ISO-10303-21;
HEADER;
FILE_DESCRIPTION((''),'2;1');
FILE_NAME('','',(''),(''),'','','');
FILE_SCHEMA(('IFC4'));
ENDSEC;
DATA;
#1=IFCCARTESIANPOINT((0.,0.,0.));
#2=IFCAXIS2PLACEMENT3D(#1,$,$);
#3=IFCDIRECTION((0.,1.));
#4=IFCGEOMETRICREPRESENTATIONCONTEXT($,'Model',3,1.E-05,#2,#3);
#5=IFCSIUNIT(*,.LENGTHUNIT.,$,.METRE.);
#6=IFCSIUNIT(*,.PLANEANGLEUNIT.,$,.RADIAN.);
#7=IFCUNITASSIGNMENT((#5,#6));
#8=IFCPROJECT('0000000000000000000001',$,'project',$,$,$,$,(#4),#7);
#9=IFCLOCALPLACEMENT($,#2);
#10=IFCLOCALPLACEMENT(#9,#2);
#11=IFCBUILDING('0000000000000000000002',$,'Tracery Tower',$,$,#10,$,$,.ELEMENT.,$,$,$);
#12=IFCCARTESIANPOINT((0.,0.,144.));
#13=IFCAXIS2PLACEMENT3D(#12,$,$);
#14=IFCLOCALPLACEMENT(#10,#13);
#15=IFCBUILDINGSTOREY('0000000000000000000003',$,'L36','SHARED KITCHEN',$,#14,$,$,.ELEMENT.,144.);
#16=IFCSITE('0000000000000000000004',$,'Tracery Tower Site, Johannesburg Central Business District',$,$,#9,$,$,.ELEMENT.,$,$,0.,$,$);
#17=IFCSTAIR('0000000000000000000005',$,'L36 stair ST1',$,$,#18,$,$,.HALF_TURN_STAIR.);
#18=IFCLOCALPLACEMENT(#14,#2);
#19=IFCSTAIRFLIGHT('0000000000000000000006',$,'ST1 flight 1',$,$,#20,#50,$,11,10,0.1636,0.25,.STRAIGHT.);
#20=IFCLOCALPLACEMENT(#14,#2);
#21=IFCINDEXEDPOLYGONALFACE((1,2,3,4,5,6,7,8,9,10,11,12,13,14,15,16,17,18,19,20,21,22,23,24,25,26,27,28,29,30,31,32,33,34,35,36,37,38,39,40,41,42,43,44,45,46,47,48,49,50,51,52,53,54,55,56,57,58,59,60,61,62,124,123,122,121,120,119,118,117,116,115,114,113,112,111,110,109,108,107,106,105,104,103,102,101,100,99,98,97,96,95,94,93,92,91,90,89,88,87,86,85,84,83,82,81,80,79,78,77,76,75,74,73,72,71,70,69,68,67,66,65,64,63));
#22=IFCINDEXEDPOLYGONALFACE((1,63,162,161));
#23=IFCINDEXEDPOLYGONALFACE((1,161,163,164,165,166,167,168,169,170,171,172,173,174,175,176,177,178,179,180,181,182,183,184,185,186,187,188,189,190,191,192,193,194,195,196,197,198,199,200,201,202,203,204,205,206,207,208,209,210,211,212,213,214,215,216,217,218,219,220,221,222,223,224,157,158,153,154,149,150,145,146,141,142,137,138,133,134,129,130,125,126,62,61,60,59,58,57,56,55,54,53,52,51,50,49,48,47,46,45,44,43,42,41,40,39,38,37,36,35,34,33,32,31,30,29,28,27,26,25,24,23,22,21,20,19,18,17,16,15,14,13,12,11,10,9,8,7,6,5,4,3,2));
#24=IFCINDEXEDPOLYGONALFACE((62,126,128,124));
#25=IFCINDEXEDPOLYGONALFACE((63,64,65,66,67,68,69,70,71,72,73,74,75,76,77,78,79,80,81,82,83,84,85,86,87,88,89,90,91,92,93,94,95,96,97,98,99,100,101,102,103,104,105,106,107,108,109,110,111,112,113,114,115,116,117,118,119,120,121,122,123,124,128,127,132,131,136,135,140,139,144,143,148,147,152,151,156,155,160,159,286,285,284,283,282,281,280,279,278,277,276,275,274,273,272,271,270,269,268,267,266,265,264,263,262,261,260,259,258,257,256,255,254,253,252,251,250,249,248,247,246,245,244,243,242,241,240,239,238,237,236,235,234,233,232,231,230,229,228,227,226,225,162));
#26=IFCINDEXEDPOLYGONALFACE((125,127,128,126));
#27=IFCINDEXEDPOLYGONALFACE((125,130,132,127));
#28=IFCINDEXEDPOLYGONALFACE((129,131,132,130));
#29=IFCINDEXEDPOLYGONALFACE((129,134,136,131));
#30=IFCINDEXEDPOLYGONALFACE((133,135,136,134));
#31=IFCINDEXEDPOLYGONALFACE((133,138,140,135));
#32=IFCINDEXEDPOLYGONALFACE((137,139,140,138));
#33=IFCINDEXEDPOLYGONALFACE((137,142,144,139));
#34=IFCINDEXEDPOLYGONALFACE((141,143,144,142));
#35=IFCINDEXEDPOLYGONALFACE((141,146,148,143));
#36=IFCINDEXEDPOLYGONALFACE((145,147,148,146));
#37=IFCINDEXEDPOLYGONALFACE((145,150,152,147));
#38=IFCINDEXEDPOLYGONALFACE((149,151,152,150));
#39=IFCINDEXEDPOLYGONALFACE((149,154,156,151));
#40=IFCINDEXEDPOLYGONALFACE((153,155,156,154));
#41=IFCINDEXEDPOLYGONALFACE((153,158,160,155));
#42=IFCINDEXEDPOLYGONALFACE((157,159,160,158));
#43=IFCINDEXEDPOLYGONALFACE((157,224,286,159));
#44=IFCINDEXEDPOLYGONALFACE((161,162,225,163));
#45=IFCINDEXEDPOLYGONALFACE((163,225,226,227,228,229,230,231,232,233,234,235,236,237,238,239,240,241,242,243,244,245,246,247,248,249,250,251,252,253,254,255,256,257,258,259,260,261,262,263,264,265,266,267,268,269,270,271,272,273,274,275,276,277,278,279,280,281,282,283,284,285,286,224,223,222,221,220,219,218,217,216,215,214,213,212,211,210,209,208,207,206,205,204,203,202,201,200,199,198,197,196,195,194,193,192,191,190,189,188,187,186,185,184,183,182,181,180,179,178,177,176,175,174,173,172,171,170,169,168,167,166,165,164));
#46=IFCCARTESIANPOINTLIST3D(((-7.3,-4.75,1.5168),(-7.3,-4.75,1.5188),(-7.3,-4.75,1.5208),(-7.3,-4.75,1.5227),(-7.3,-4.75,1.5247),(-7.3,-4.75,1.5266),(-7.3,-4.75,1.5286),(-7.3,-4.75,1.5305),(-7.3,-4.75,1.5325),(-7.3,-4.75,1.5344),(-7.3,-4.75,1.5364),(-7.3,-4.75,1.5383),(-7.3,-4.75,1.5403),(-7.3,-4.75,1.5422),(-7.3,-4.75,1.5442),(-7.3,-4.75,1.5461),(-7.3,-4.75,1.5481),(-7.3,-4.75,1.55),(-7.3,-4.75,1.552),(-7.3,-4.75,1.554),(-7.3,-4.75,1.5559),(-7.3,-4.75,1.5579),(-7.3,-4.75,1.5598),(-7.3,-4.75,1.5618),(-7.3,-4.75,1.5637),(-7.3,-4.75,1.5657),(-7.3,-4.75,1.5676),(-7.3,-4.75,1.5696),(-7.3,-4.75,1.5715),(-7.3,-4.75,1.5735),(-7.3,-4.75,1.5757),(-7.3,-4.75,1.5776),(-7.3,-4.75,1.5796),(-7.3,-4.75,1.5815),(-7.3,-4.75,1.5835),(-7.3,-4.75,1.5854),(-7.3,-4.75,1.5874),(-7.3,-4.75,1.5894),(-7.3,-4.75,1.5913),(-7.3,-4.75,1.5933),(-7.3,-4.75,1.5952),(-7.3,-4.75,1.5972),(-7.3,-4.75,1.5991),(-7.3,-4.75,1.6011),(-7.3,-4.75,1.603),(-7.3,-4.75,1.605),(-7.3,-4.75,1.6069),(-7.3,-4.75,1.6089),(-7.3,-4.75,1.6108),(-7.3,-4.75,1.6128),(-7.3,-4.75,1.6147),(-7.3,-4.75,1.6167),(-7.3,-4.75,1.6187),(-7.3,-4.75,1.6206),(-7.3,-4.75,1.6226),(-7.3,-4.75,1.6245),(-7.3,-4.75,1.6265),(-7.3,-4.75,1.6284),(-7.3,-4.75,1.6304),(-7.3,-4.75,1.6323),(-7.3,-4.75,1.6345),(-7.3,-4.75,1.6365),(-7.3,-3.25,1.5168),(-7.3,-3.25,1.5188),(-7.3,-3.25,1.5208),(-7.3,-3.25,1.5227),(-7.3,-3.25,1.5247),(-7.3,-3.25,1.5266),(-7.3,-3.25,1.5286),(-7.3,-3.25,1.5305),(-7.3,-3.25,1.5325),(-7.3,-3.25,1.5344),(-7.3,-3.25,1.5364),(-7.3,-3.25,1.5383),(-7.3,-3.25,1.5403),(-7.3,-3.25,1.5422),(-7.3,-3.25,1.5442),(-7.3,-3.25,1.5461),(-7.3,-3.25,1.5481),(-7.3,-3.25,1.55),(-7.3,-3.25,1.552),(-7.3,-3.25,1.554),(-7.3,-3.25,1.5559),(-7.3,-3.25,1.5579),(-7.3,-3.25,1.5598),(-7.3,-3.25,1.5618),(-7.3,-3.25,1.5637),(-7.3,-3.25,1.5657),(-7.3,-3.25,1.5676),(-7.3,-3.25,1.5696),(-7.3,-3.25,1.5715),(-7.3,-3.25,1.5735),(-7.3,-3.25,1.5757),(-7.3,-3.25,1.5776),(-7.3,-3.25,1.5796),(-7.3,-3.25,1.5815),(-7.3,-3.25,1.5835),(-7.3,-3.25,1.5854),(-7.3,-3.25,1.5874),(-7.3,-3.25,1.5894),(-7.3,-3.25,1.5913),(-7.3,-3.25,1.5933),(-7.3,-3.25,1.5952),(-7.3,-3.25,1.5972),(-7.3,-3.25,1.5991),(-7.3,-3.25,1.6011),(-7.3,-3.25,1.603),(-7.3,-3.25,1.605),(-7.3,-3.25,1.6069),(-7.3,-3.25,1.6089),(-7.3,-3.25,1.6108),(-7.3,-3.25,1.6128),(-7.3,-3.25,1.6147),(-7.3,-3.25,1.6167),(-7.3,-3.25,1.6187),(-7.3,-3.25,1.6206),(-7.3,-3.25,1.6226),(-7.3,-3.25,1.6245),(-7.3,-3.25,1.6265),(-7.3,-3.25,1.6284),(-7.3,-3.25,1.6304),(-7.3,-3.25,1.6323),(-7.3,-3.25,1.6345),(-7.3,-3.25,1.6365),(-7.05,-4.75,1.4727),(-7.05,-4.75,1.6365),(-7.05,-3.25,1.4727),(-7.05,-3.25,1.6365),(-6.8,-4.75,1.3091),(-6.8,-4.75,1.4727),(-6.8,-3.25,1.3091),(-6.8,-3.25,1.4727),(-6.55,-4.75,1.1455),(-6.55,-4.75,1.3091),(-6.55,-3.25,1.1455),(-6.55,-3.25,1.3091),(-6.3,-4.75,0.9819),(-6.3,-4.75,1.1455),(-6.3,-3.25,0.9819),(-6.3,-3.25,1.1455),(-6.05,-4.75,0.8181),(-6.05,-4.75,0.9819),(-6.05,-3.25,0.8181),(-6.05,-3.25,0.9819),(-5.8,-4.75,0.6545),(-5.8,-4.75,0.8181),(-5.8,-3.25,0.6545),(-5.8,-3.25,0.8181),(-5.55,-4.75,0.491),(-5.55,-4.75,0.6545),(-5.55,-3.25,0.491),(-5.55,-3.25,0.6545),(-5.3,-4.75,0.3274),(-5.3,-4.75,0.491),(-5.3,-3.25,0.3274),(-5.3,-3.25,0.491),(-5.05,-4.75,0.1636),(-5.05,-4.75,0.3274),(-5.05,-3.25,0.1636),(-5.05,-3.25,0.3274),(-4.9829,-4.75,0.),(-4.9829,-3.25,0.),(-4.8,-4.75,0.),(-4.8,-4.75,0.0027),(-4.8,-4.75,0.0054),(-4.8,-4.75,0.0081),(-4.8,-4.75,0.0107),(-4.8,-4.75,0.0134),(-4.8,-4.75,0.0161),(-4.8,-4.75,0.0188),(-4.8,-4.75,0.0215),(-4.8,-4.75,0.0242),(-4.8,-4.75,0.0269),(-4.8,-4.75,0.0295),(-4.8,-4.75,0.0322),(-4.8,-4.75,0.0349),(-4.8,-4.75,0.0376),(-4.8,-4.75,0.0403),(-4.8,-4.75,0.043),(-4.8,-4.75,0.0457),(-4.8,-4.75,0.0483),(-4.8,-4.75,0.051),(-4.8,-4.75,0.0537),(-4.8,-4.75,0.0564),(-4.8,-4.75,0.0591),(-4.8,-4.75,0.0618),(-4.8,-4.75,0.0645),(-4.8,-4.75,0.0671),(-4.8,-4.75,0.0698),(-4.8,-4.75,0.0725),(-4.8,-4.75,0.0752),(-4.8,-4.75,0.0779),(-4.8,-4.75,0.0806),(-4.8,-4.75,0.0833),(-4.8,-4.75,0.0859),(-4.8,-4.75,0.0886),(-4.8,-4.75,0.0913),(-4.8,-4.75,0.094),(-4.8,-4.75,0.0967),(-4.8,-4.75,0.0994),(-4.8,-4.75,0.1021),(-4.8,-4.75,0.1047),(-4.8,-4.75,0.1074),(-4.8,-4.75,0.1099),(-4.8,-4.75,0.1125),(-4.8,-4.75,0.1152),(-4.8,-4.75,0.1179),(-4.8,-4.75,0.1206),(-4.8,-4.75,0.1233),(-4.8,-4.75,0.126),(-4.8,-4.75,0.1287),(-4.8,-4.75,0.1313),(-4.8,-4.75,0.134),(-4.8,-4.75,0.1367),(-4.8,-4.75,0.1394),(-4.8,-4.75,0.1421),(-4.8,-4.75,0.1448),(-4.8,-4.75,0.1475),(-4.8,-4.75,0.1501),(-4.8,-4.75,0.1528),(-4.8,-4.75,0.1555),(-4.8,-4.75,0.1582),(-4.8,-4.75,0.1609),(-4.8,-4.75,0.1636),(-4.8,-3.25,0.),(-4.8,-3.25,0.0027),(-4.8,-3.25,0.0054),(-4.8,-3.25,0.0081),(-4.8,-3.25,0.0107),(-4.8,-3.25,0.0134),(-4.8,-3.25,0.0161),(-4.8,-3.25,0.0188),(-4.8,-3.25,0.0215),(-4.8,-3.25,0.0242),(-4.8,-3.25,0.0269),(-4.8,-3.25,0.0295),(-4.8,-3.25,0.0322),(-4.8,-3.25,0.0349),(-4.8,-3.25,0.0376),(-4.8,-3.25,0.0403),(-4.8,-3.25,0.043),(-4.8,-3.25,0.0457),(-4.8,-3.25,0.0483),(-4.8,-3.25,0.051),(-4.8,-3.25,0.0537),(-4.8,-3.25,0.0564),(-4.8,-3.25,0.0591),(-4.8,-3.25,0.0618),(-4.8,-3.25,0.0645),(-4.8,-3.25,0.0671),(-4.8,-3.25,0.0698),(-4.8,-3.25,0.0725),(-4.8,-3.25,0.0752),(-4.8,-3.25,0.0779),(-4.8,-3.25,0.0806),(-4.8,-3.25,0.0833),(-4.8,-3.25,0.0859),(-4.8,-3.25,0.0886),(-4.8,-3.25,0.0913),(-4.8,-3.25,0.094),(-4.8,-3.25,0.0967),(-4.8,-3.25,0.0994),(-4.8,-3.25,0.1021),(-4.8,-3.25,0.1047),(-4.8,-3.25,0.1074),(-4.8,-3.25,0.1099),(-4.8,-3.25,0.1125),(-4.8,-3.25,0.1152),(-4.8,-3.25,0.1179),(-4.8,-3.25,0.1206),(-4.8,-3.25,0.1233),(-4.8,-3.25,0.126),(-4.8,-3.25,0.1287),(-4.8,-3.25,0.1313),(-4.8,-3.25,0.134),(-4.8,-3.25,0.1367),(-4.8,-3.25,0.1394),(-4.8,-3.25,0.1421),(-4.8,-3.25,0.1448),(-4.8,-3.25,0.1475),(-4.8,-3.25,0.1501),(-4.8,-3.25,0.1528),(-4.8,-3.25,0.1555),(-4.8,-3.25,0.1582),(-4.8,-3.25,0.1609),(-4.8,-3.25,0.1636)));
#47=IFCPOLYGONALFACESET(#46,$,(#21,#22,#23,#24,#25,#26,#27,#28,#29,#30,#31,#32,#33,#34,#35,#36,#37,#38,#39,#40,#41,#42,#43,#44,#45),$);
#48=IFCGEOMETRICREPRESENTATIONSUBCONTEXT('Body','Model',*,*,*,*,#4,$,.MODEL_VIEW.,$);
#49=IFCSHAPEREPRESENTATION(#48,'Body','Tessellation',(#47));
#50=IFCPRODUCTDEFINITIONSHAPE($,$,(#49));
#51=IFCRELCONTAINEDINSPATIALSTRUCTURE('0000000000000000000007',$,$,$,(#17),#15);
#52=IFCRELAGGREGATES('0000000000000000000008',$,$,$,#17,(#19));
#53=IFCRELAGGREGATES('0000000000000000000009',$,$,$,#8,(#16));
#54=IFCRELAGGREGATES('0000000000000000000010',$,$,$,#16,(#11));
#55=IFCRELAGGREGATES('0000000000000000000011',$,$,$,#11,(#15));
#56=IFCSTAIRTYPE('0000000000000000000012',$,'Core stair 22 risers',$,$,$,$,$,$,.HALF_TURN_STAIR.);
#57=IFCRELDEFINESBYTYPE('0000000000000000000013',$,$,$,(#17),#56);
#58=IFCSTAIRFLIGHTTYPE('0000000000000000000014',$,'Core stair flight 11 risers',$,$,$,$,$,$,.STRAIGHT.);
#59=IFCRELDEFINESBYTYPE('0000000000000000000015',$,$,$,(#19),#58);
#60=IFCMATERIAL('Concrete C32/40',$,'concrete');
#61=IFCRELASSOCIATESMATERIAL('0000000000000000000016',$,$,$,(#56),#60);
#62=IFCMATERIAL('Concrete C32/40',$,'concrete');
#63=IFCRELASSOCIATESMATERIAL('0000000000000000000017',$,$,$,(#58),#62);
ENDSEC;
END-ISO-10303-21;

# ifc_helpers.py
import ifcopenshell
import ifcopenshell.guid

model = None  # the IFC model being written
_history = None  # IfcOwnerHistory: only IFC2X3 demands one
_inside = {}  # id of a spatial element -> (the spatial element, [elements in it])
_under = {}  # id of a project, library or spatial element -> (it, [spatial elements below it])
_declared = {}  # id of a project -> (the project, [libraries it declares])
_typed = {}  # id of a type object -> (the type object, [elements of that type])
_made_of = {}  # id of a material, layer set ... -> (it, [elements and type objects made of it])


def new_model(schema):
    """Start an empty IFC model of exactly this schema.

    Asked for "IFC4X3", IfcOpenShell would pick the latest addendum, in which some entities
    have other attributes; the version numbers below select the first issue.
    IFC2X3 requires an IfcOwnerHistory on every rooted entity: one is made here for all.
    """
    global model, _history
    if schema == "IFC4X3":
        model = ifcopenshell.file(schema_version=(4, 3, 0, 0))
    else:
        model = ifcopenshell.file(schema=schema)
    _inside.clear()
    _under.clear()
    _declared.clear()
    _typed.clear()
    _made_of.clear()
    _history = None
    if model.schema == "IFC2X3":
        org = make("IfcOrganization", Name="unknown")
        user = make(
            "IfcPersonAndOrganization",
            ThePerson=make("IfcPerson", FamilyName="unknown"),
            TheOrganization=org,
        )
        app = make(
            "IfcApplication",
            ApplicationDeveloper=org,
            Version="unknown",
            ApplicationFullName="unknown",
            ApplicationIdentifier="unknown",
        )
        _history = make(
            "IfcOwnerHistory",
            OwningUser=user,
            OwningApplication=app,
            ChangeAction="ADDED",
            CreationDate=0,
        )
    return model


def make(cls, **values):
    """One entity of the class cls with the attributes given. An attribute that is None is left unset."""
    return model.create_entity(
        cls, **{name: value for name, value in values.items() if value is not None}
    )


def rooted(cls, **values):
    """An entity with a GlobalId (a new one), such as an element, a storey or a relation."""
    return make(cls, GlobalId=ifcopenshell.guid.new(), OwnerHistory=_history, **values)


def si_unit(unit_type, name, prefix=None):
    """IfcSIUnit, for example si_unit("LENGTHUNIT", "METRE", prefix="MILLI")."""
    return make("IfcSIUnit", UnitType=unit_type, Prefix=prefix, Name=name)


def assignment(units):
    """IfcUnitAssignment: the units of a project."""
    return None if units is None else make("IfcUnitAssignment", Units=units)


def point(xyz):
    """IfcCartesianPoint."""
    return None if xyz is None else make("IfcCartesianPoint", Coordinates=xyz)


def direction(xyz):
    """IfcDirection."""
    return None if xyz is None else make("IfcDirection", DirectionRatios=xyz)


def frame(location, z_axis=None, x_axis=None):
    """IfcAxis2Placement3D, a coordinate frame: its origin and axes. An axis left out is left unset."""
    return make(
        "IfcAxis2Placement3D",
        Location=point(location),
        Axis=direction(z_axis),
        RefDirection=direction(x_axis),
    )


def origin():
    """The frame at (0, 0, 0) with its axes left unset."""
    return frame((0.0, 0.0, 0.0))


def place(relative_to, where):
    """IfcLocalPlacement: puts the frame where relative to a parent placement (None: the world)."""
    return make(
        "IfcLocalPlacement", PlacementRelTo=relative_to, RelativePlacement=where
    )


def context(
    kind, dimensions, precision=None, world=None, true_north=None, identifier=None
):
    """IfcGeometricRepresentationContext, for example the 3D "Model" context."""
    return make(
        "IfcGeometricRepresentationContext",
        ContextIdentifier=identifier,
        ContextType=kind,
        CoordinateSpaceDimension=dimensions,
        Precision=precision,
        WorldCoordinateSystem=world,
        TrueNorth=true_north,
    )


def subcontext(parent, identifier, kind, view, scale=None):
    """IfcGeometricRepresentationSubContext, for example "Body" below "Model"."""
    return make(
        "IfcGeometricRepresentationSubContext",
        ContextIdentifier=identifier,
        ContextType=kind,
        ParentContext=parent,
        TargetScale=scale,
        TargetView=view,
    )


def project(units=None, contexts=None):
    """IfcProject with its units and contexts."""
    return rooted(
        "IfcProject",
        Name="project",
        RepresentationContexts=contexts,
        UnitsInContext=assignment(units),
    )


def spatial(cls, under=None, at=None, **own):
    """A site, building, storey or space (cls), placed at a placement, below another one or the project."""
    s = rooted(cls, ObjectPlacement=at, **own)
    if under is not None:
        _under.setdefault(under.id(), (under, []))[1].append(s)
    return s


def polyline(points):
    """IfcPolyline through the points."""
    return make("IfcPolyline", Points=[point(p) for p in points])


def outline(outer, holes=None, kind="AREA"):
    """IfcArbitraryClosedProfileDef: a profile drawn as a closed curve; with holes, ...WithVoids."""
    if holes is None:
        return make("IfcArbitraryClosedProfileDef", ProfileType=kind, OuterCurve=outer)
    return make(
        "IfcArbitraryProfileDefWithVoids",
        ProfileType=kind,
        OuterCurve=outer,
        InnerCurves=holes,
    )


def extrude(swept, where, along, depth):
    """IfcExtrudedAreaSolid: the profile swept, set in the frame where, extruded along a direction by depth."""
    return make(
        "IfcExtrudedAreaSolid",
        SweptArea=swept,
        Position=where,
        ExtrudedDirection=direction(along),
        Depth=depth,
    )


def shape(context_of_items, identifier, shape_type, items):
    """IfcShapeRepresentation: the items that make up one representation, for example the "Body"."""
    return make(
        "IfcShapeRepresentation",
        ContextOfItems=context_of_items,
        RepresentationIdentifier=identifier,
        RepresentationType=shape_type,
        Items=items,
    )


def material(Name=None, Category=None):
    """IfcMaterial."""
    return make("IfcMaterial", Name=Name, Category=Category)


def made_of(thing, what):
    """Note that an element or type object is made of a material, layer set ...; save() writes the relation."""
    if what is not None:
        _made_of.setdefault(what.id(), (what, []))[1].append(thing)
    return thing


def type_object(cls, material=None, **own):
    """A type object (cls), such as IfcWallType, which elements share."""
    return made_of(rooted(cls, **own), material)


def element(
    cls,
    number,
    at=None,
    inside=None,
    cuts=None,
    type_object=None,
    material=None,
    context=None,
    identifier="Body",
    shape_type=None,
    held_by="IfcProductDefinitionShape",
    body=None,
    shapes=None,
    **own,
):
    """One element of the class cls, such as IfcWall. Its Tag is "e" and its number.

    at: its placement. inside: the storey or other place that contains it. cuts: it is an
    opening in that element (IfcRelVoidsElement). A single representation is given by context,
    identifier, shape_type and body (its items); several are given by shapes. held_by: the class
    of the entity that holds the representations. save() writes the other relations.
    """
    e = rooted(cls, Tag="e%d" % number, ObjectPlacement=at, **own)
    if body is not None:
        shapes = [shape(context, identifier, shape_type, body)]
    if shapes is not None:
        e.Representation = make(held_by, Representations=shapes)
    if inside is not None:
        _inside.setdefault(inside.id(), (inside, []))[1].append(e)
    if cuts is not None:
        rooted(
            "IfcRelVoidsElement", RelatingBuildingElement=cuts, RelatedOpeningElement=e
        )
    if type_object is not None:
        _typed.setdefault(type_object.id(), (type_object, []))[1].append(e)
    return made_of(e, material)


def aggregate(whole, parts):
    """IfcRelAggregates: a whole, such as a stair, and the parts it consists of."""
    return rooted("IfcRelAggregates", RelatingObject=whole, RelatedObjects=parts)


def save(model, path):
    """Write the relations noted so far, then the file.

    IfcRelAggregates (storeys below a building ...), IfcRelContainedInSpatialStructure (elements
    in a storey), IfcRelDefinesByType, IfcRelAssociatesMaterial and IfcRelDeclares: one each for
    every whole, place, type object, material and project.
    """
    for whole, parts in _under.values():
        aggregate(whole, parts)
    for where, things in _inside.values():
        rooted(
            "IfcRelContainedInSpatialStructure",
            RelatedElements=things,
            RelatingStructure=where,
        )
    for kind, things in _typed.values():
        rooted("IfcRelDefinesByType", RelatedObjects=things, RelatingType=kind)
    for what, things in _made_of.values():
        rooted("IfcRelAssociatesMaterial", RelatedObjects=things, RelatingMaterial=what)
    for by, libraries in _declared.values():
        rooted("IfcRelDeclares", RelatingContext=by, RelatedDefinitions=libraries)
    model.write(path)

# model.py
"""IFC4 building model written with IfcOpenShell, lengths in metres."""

from ifc_helpers import new_model, si_unit, direction, frame, origin, place, context, subcontext, project, spatial, polyline, outline, extrude, material, type_object, element, aggregate, save


model = new_model("IFC4")

# Units and contexts
model_context = context("Model", 3, precision=1e-05, world=origin(), true_north=direction((0.0, 1.0)))
body_context = subcontext(model_context, "Body", "Model", "MODEL_VIEW")
ifc_project = project(units=[si_unit("LENGTHUNIT", "METRE"), si_unit("PLANEANGLEUNIT", "RADIAN")], contexts=[model_context])

# Site, building, storey
site_placement = place(None, origin())
site = spatial("IfcSite", under=ifc_project, at=site_placement, Name="Tracery Tower Site, Johannesburg Central Business District", CompositionType="ELEMENT", RefElevation=0.0)
building_placement = place(site_placement, origin())
building = spatial("IfcBuilding", under=site, at=building_placement, Name="Tracery Tower", CompositionType="ELEMENT")
storey_placement = place(building_placement, frame((0.0, 0.0, 144.0)))
storey = spatial("IfcBuildingStorey", under=building, at=storey_placement, Name="L36", Description="SHARED KITCHEN", CompositionType="ELEMENT", Elevation=144.0)

# Stair, stair flight
ifc_material_1 = material(Name="Concrete C32/40", Category="concrete")
stair_type = type_object("IfcStairType", Name="Core stair 22 risers", PredefinedType="HALF_TURN_STAIR", material=ifc_material_1)
stair_placement = place(storey_placement, origin())
stair = element("IfcStair", 1, at=stair_placement, inside=storey, type_object=stair_type, Name="L36 stair ST1", PredefinedType="HALF_TURN_STAIR")
ifc_material_2 = material(Name="Concrete C32/40", Category="concrete")
stair_flight_type = type_object("IfcStairFlightType", Name="Core stair flight 11 risers", PredefinedType="STRAIGHT", material=ifc_material_2)
stair_flight_1_placement = place(storey_placement, frame((-4.8, -4.0, 0.0), z_axis=(0.0, 0.0, 1.0), x_axis=(-1.0, 0.0, 0.0)))
stair_flight_1 = element("IfcStairFlight", 2, at=stair_flight_1_placement, type_object=stair_flight_type, Name="ST1 flight 1", NumberOfRisers=11, NumberOfTreads=10, PredefinedType="STRAIGHT", RiserHeight=0.1636, TreadLength=0.25, context=body_context, shape_type="SweptSolid", body=[
    extrude(outline(polyline([(0.0, 0.0), (0.0, 0.0027), (0.0, 0.0054), (0.0, 0.0081), (0.0, 0.0107), (0.0, 0.0134), (0.0, 0.0161), (0.0, 0.0188), (0.0, 0.0215), (0.0, 0.0242), (0.0, 0.0269), (0.0, 0.0295), (0.0, 0.0322), (0.0, 0.0349), (0.0, 0.0376), (0.0, 0.0403), (0.0, 0.043), (0.0, 0.0457), (0.0, 0.0483), (0.0, 0.051), (0.0, 0.0537), (0.0, 0.0564), (0.0, 0.0591), (0.0, 0.0618), (0.0, 0.0645), (0.0, 0.0671), (0.0, 0.0698), (0.0, 0.0725), (0.0, 0.0752), (0.0, 0.0779), (0.0, 0.0806), (0.0, 0.0833), (0.0, 0.0859), (0.0, 0.0886), (0.0, 0.0913), (0.0, 0.094), (0.0, 0.0967), (0.0, 0.0994), (0.0, 0.1021), (0.0, 0.1047), (0.0, 0.1074), (0.0, 0.1099), (0.0, 0.1125), (0.0, 0.1152), (0.0, 0.1179), (0.0, 0.1206), (0.0, 0.1233), (0.0, 0.126), (0.0, 0.1287), (0.0, 0.1313), (0.0, 0.134), (0.0, 0.1367), (0.0, 0.1394), (0.0, 0.1421), (0.0, 0.1448), (0.0, 0.1475), (0.0, 0.1501), (0.0, 0.1528), (0.0, 0.1555), (0.0, 0.1582), (0.0, 0.1609), (0.0, 0.1636), (0.25, 0.1636), (0.25, 0.3274), (0.5, 0.3274), (0.5, 0.491), (0.75, 0.491), (0.75, 0.6545), (1.0, 0.6545), (1.0, 0.8181), (1.25, 0.8181), (1.25, 0.9819), (1.5, 0.9819), (1.5, 1.1455), (1.75, 1.1455), (1.75, 1.3091), (2.0, 1.3091), (2.0, 1.4727), (2.25, 1.4727), (2.25, 1.6365), (2.5, 1.6365), (2.5, 1.6345), (2.5, 1.6323), (2.5, 1.6304), (2.5, 1.6284), (2.5, 1.6265), (2.5, 1.6245), (2.5, 1.6226), (2.5, 1.6206), (2.5, 1.6187), (2.5, 1.6167), (2.5, 1.6147), (2.5, 1.6128), (2.5, 1.6108), (2.5, 1.6089), (2.5, 1.6069), (2.5, 1.605), (2.5, 1.603), (2.5, 1.6011), (2.5, 1.5991), (2.5, 1.5972), (2.5, 1.5952), (2.5, 1.5933), (2.5, 1.5913), (2.5, 1.5894), (2.5, 1.5874), (2.5, 1.5854), (2.5, 1.5835), (2.5, 1.5815), (2.5, 1.5796), (2.5, 1.5776), (2.5, 1.5757), (2.5, 1.5735), (2.5, 1.5715), (2.5, 1.5696), (2.5, 1.5676), (2.5, 1.5657), (2.5, 1.5637), (2.5, 1.5618), (2.5, 1.5598), (2.5, 1.5579), (2.5, 1.5559), (2.5, 1.554), (2.5, 1.552), (2.5, 1.55), (2.5, 1.5481), (2.5, 1.5461), (2.5, 1.5442), (2.5, 1.5422), (2.5, 1.5403), (2.5, 1.5383), (2.5, 1.5364), (2.5, 1.5344), (2.5, 1.5325), (2.5, 1.5305), (2.5, 1.5286), (2.5, 1.5266), (2.5, 1.5247), (2.5, 1.5227), (2.5, 1.5208), (2.5, 1.5188), (2.5, 1.5168), (0.1829, 0.0), (0.0, 0.0)])), frame((0.0, 0.75, 0.0), z_axis=(0.0, -1.0, 0.0), x_axis=(1.0, 0.0, 0.0)), (0.0, 0.0, 1.0), 1.5),
])
aggregate(stair, [stair_flight_1])

save(model, "model.ifc")
